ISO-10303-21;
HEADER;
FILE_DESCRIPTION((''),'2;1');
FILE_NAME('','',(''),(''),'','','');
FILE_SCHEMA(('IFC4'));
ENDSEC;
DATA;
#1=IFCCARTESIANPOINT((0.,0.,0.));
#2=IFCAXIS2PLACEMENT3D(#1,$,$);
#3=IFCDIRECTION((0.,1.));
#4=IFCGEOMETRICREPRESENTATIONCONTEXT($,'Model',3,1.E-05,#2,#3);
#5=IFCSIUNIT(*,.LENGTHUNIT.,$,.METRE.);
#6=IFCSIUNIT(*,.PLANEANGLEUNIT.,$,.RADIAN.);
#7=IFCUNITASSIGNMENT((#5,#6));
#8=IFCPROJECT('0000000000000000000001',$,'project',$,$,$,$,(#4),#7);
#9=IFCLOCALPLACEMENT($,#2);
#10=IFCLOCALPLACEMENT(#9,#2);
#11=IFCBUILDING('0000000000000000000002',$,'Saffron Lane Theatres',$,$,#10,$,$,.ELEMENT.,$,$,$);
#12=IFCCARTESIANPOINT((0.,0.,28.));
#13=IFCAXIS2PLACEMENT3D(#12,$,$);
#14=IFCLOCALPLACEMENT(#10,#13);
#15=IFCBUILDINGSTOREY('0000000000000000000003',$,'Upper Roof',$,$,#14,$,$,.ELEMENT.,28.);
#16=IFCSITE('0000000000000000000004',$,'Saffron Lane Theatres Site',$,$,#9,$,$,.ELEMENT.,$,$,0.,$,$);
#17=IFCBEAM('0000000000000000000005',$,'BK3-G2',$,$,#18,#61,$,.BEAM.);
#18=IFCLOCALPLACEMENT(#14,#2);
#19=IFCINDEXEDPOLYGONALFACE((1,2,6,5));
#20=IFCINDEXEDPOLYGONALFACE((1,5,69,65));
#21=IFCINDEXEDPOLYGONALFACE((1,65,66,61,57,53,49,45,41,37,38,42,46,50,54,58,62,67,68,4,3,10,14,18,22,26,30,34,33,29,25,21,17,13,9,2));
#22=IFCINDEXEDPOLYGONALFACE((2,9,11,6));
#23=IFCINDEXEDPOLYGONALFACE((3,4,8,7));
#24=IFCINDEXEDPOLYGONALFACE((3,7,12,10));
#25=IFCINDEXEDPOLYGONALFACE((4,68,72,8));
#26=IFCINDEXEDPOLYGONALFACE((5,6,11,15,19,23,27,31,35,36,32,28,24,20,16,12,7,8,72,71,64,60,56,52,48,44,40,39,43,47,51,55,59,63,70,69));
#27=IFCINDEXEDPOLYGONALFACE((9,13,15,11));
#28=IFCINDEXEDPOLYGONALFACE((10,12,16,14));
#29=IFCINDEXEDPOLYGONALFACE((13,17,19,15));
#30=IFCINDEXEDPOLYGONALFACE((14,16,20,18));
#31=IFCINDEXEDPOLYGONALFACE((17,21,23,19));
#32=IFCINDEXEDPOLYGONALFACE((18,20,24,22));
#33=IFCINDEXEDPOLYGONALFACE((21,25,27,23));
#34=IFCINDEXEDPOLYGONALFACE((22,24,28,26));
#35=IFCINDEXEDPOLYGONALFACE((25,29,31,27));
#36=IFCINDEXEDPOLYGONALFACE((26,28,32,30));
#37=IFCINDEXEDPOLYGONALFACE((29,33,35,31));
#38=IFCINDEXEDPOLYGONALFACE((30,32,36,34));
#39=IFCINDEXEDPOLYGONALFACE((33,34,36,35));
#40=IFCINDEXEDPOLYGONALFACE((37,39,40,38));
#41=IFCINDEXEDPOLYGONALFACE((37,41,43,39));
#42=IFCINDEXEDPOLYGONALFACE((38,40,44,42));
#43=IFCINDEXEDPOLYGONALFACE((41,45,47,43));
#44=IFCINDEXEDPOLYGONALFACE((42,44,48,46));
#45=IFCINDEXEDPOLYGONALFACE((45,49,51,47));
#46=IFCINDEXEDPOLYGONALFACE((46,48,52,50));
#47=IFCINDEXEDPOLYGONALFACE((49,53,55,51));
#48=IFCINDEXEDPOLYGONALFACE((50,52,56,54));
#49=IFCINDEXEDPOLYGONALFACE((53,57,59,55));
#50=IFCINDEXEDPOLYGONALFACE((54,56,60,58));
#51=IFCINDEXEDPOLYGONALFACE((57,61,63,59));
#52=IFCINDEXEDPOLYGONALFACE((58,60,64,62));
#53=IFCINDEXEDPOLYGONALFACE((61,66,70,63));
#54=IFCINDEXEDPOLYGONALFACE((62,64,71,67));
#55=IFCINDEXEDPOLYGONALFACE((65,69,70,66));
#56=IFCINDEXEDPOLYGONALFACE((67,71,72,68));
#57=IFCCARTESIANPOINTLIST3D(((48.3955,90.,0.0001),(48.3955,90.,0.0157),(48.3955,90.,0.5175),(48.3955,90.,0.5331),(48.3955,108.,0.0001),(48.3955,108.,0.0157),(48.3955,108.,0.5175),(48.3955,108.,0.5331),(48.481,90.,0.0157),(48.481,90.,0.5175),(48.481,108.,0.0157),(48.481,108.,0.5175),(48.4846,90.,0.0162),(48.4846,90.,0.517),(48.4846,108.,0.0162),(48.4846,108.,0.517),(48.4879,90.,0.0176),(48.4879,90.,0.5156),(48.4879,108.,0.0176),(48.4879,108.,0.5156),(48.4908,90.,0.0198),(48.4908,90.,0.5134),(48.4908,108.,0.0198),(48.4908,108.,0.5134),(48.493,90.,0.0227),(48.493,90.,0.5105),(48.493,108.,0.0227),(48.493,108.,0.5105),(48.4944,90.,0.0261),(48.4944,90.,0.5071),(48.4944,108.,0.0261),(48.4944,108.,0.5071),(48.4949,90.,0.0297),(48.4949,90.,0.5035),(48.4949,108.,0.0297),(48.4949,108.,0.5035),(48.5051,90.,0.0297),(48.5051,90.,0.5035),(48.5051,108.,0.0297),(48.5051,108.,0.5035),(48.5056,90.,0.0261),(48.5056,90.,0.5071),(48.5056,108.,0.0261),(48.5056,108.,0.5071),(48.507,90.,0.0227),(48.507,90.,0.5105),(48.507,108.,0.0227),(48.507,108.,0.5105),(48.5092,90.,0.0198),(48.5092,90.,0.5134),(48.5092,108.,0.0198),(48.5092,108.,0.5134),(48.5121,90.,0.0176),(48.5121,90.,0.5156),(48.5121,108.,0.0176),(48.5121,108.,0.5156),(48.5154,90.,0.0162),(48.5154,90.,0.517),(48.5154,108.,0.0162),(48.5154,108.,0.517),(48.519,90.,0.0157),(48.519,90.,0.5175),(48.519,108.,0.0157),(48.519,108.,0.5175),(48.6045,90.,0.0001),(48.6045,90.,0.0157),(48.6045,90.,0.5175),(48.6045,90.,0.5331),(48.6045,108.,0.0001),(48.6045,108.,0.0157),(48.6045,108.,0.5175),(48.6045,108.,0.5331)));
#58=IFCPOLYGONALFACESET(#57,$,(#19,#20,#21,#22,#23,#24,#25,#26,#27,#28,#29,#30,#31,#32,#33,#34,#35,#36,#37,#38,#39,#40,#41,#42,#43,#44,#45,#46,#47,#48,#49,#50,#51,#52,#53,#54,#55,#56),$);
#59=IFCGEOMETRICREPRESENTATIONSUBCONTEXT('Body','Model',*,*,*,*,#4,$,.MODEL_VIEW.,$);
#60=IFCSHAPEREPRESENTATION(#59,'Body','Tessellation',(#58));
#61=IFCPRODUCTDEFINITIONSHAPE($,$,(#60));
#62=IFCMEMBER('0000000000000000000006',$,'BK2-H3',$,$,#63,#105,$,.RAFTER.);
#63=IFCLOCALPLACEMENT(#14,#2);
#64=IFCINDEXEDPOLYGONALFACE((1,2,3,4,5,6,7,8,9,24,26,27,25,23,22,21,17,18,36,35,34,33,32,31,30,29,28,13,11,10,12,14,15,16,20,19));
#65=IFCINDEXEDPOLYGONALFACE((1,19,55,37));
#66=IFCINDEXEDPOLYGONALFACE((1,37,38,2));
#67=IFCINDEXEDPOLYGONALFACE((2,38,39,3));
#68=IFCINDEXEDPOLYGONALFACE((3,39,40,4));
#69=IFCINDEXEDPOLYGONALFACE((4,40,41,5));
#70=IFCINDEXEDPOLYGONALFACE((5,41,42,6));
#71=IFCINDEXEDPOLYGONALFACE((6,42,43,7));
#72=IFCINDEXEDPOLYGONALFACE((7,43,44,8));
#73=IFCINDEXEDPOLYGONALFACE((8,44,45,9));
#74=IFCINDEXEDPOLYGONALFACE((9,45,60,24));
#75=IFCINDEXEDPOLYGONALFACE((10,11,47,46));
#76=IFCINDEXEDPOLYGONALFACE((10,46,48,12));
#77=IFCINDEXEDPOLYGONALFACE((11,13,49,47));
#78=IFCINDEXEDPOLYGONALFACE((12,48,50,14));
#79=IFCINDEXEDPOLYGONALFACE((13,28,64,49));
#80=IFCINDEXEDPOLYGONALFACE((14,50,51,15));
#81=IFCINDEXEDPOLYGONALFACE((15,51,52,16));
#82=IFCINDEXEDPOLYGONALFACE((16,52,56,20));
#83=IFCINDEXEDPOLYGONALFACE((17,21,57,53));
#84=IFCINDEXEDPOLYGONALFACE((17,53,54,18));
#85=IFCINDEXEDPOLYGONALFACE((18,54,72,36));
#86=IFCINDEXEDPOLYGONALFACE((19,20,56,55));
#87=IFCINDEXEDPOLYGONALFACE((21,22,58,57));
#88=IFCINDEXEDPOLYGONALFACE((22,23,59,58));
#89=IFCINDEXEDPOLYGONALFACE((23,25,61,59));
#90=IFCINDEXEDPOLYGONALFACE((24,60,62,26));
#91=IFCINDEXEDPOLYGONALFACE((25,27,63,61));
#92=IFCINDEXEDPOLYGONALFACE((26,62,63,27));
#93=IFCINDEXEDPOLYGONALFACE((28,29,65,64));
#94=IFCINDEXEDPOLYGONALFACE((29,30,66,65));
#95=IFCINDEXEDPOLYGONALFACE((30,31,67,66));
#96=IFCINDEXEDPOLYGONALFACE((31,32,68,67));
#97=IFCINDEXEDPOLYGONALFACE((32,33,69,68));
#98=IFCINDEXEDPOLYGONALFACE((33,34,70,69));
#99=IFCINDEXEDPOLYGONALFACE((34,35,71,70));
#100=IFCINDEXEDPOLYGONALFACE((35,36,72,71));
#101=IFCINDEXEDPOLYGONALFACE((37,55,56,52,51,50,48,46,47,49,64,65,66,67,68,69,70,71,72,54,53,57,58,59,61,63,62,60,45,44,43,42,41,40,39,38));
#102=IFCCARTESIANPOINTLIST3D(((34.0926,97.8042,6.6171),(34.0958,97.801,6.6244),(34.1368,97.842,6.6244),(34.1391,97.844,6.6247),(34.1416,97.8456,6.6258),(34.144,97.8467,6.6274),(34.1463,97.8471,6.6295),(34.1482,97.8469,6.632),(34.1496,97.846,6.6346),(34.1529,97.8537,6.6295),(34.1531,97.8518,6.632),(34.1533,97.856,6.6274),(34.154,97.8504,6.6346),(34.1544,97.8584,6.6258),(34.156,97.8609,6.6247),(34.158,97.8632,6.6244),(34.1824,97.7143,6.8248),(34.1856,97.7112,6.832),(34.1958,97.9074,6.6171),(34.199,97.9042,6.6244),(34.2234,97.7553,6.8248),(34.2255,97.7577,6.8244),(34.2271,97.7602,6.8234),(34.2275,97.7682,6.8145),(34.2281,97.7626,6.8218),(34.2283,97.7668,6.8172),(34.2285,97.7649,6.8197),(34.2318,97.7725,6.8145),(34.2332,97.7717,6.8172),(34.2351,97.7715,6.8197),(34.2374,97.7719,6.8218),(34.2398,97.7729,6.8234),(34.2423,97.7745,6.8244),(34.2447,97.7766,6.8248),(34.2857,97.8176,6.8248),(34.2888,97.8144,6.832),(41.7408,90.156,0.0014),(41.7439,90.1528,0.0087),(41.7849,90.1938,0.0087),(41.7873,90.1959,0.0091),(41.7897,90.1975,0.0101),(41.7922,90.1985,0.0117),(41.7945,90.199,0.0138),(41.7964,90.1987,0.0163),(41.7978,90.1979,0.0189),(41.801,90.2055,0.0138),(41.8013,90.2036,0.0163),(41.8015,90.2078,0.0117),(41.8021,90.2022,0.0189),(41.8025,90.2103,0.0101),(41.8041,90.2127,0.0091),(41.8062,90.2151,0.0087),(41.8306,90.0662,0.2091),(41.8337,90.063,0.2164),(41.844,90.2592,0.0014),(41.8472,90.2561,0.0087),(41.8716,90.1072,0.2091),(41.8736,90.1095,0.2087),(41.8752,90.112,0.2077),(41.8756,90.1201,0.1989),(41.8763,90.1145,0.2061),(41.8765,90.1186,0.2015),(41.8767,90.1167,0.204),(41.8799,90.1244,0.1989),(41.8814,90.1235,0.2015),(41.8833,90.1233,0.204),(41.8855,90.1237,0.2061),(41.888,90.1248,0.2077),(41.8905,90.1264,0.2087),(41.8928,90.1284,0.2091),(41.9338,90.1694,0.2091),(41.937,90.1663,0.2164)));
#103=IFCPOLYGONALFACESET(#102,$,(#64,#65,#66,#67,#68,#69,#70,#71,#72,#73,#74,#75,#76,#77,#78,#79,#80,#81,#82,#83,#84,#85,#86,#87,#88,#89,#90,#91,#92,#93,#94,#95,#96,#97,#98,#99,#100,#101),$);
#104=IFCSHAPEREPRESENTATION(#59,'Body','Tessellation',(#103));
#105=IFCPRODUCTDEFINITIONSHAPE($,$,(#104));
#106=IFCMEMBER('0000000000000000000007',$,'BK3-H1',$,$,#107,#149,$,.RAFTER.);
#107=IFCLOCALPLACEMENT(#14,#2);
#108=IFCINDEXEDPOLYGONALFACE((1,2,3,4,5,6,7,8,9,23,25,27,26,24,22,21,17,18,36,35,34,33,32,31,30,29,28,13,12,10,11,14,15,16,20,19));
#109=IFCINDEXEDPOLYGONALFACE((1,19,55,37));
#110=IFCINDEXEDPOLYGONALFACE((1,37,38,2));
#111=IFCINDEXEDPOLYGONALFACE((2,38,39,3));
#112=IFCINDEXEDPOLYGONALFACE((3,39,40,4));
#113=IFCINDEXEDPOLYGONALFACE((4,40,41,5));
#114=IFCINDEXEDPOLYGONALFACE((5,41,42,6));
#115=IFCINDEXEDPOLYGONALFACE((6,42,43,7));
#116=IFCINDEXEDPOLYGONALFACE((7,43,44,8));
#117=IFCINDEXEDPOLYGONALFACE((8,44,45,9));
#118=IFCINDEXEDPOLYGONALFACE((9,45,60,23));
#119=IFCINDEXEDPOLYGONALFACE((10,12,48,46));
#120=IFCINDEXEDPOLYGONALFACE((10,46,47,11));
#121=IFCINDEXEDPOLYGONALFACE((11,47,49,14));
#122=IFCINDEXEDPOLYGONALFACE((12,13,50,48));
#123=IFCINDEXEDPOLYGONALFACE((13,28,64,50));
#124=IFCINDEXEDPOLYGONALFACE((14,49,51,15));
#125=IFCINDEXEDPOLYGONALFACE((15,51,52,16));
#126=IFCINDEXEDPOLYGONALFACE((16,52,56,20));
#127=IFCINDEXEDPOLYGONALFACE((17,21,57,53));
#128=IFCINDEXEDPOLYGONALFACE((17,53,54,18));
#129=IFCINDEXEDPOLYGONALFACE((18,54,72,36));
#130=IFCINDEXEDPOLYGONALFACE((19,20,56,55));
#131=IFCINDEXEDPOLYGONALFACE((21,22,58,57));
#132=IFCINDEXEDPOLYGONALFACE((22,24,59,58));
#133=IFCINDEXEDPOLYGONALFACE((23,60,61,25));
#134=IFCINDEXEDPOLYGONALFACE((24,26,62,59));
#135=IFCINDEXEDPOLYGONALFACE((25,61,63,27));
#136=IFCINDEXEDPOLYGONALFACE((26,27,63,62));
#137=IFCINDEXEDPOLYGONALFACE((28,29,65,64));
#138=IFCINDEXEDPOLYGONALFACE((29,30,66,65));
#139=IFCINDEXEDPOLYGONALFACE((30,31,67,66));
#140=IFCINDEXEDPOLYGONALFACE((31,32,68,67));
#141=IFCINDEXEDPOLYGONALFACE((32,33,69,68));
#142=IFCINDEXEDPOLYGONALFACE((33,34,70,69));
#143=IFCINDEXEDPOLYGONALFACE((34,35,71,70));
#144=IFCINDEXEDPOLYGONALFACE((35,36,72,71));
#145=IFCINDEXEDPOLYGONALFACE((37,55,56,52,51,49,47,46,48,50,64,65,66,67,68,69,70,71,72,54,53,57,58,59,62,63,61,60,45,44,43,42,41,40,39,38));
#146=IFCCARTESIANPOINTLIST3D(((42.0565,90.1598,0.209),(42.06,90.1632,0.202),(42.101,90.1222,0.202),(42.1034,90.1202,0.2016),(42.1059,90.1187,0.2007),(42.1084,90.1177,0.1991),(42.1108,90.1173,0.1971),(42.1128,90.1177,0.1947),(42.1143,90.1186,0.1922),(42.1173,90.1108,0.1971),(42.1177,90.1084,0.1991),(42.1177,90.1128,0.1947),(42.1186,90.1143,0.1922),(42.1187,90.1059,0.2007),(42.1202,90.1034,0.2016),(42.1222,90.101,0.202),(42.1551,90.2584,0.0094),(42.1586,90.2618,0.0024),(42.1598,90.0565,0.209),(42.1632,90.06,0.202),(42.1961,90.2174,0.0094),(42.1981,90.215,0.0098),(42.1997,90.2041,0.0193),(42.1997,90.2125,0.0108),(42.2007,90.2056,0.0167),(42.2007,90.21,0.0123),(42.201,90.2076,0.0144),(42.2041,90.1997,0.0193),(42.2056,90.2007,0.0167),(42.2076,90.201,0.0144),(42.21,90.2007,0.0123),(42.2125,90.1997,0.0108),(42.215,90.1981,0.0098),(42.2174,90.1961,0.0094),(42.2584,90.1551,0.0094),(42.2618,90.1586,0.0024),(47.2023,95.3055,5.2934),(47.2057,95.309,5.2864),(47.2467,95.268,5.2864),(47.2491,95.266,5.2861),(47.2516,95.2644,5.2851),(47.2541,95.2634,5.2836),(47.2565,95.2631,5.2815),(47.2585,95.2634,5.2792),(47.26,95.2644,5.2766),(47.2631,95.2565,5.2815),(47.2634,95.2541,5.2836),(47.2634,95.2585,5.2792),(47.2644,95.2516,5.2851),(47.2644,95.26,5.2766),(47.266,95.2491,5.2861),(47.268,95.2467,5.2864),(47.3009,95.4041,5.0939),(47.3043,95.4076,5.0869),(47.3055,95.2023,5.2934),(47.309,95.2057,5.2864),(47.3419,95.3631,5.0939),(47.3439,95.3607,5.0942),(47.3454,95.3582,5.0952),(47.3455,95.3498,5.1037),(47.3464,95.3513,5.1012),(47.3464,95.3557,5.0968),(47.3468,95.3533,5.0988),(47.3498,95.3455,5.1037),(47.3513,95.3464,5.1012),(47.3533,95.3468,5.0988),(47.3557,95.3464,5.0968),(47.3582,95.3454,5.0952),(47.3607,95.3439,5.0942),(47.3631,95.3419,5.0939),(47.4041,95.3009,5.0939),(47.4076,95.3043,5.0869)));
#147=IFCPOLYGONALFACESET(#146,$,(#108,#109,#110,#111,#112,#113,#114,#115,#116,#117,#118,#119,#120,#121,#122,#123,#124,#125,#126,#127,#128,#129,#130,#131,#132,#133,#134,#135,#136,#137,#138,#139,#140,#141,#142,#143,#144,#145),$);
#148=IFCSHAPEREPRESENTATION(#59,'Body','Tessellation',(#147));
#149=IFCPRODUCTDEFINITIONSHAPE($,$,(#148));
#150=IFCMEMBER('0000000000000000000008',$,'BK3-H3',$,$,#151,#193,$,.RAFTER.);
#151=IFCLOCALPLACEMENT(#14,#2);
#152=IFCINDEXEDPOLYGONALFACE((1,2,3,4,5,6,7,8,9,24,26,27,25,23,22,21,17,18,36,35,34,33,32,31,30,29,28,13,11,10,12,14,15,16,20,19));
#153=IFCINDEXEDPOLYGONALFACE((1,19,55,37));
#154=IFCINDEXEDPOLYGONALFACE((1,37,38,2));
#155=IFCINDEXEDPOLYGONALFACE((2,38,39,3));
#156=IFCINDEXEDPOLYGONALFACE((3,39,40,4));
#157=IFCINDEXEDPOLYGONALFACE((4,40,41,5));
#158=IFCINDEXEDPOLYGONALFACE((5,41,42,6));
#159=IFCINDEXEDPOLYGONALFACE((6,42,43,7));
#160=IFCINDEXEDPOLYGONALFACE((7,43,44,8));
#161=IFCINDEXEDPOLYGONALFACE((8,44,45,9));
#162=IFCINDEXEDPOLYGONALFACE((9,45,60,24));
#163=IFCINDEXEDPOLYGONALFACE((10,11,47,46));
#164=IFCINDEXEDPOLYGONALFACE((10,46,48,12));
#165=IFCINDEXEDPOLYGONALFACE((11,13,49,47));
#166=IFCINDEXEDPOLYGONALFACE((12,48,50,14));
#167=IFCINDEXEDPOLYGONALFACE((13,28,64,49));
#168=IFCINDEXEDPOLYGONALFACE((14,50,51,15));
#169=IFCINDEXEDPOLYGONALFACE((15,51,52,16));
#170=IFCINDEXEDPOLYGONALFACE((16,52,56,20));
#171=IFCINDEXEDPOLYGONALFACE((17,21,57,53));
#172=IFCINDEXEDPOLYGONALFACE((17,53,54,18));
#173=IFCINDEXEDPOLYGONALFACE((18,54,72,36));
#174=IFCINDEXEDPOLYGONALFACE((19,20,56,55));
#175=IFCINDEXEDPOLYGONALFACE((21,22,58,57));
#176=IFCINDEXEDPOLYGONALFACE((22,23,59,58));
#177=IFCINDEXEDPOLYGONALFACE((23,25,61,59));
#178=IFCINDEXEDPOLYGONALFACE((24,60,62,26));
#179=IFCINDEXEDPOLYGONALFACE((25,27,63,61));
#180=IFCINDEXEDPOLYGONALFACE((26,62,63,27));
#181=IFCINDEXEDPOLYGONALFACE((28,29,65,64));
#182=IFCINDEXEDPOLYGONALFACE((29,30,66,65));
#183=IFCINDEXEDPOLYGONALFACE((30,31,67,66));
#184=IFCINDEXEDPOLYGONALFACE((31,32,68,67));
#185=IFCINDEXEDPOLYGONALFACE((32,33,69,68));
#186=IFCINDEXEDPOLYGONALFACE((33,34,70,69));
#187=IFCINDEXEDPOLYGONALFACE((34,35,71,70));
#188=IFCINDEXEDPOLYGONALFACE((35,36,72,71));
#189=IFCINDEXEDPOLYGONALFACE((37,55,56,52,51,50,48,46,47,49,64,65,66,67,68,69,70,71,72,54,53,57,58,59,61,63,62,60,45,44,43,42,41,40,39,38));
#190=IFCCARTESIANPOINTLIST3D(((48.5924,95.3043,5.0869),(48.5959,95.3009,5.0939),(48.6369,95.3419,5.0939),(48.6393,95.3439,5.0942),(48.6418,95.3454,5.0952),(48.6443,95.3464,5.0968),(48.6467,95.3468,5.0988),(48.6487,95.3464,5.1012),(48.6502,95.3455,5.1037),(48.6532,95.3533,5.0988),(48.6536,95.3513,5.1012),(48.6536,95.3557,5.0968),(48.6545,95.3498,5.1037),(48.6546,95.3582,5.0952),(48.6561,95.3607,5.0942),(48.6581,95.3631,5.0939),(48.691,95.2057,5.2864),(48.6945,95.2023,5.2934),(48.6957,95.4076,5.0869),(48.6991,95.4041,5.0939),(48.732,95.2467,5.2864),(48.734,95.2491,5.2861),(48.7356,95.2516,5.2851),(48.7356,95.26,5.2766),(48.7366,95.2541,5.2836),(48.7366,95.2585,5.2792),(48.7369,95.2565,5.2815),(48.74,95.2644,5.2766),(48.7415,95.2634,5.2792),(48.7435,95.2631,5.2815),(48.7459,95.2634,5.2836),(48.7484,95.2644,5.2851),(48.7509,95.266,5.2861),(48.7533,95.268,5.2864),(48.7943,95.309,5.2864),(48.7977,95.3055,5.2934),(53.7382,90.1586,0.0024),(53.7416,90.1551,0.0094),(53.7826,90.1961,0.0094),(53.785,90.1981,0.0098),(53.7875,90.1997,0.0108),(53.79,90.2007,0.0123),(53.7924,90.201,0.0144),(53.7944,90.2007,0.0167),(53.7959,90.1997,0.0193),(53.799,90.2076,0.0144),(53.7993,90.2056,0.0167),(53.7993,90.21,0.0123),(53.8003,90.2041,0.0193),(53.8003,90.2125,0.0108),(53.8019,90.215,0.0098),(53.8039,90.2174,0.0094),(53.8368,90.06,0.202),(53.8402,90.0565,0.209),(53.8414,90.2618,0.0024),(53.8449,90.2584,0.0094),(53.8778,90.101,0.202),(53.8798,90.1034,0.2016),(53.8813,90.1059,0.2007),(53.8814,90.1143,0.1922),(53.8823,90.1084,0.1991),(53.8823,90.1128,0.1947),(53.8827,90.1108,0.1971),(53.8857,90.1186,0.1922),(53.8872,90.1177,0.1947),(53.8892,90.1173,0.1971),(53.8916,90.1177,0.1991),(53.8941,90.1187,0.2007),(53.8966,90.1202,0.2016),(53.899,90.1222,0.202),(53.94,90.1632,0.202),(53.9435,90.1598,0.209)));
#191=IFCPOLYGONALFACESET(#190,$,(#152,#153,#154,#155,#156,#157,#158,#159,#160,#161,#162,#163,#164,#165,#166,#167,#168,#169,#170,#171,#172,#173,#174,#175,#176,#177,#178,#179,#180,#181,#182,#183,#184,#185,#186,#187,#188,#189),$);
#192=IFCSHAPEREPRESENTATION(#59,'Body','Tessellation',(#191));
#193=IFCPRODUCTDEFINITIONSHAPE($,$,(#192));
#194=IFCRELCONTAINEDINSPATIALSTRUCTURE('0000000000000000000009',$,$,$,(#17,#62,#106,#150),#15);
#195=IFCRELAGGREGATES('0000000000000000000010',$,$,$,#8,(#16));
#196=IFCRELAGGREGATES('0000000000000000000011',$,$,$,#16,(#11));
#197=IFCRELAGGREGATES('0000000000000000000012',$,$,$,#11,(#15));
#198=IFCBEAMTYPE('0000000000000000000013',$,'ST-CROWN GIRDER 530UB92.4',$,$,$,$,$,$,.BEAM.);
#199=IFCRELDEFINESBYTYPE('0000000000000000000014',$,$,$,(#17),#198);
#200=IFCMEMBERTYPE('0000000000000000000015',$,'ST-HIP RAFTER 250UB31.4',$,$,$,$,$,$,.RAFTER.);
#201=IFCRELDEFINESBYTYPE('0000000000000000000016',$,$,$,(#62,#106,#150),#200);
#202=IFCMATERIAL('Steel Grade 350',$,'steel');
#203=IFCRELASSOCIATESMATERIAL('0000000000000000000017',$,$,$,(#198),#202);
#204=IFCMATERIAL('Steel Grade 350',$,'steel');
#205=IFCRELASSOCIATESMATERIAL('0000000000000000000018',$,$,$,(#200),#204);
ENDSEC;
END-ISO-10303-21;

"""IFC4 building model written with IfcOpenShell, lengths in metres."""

from ifc_helpers import new_model, si_unit, direction, frame, origin, origin_2d, place, context, subcontext, project, spatial, i_section, extrude, material, material_profile, profile_set, type_object, element, save


model = new_model("IFC4")

# Units and contexts
model_context = context("Model", 3, precision=1e-05, world=origin(), true_north=direction((0.0, 1.0)))
body_context = subcontext(model_context, "Body", "Model", "MODEL_VIEW")
ifc_project = project(units=[si_unit("LENGTHUNIT", "METRE"), si_unit("PLANEANGLEUNIT", "RADIAN")], contexts=[model_context])

# Site, building, storey
site_placement = place(None, origin())
site = spatial("IfcSite", under=ifc_project, at=site_placement, Name="Saffron Lane Theatres Site", CompositionType="ELEMENT", RefElevation=0.0)
building_placement = place(site_placement, origin())
building = spatial("IfcBuilding", under=site, at=building_placement, Name="Saffron Lane Theatres", CompositionType="ELEMENT")
storey_placement = place(building_placement, frame((0.0, 0.0, 28.0)))
storey = spatial("IfcBuildingStorey", under=building, at=storey_placement, Name="Upper Roof", CompositionType="ELEMENT", Elevation=28.0)

# Beam
ifc_material_1 = material(Name="Steel Grade 350", Category="steel")
ifc_material_profile_1 = material_profile(ifc_material_1, i_section(OverallWidth=0.209, OverallDepth=0.533, WebThickness=0.0103, FlangeThickness=0.0156, FilletRadius=0.0139, at=origin_2d()))
ifc_profile_set_1 = profile_set([ifc_material_profile_1], Name="Steel Grade 350")
beam_type = type_object("IfcBeamType", Name="ST-CROWN GIRDER 530UB92.4", PredefinedType="BEAM", material=ifc_profile_set_1)
for number, where, z_axis, x_axis, name in (
    (1, (48.5, 90.0, 0.2666), (0.0, 1.0, 0.0), (-1.0, 0.0, 0.0), "BK3-G2"),
):
    element("IfcBeam", number, at=place(storey_placement, frame(where, z_axis=z_axis, x_axis=x_axis)), inside=storey, type_object=beam_type, Name=name, PredefinedType="BEAM", context=body_context, shape_type="SweptSolid", body=[
        extrude(i_section(OverallWidth=0.209, OverallDepth=0.533, WebThickness=0.0103, FlangeThickness=0.0156, FilletRadius=0.0139, at=origin_2d()), origin(), (0.0, 0.0, 1.0), 18.0),
    ])

# Members
ifc_material_2 = material(Name="Steel Grade 350", Category="steel")
ifc_material_profile_2 = material_profile(ifc_material_2, i_section(OverallWidth=0.146, OverallDepth=0.252, WebThickness=0.0061, FlangeThickness=0.0085, FilletRadius=0.012, at=origin_2d()))
ifc_profile_set_2 = profile_set([ifc_material_profile_2], Name="Steel Grade 350")
member_type_1 = type_object("IfcMemberType", Name="ST-HIP RAFTER 250UB31.4", PredefinedType="RAFTER", material=ifc_profile_set_2)
member_1_placement = place(storey_placement, frame((41.8389, 90.1611, 0.1089), z_axis=(-0.603217, 0.603217, 0.521785), x_axis=(-0.707107, -0.707107, 0.0)))
element("IfcMember", 2, at=member_1_placement, inside=storey, type_object=member_type_1, Name="BK2-H3", PredefinedType="RAFTER", context=body_context, shape_type="SweptSolid", body=[
    extrude(i_section(OverallWidth=0.146, OverallDepth=0.252, WebThickness=0.0061, FlangeThickness=0.0085, FilletRadius=0.012, at=origin_2d()), origin(), (0.0, 0.0, 1.0), 12.679),
])
for number, where, z_axis, x_axis, name in (
    (3, (42.1592, 90.1592, 0.1057), (0.579642, 0.579642, 0.572739), (-0.707107, 0.707107, 0.0), "BK3-H1"),
    (4, (53.8408, 90.1592, 0.1057), (-0.579642, 0.579642, 0.572739), (-0.707107, -0.707107, 0.0), "BK3-H3"),
):
    element("IfcMember", number, at=place(storey_placement, frame(where, z_axis=z_axis, x_axis=x_axis)), inside=storey, type_object=member_type_1, Name=name, PredefinedType="RAFTER", context=body_context, shape_type="SweptSolid", body=[
        extrude(i_section(OverallWidth=0.146, OverallDepth=0.252, WebThickness=0.0061, FlangeThickness=0.0085, FilletRadius=0.012, at=origin_2d()), origin(), (0.0, 0.0, 1.0), 8.8774),
    ])

save(model, "model.ifc")
